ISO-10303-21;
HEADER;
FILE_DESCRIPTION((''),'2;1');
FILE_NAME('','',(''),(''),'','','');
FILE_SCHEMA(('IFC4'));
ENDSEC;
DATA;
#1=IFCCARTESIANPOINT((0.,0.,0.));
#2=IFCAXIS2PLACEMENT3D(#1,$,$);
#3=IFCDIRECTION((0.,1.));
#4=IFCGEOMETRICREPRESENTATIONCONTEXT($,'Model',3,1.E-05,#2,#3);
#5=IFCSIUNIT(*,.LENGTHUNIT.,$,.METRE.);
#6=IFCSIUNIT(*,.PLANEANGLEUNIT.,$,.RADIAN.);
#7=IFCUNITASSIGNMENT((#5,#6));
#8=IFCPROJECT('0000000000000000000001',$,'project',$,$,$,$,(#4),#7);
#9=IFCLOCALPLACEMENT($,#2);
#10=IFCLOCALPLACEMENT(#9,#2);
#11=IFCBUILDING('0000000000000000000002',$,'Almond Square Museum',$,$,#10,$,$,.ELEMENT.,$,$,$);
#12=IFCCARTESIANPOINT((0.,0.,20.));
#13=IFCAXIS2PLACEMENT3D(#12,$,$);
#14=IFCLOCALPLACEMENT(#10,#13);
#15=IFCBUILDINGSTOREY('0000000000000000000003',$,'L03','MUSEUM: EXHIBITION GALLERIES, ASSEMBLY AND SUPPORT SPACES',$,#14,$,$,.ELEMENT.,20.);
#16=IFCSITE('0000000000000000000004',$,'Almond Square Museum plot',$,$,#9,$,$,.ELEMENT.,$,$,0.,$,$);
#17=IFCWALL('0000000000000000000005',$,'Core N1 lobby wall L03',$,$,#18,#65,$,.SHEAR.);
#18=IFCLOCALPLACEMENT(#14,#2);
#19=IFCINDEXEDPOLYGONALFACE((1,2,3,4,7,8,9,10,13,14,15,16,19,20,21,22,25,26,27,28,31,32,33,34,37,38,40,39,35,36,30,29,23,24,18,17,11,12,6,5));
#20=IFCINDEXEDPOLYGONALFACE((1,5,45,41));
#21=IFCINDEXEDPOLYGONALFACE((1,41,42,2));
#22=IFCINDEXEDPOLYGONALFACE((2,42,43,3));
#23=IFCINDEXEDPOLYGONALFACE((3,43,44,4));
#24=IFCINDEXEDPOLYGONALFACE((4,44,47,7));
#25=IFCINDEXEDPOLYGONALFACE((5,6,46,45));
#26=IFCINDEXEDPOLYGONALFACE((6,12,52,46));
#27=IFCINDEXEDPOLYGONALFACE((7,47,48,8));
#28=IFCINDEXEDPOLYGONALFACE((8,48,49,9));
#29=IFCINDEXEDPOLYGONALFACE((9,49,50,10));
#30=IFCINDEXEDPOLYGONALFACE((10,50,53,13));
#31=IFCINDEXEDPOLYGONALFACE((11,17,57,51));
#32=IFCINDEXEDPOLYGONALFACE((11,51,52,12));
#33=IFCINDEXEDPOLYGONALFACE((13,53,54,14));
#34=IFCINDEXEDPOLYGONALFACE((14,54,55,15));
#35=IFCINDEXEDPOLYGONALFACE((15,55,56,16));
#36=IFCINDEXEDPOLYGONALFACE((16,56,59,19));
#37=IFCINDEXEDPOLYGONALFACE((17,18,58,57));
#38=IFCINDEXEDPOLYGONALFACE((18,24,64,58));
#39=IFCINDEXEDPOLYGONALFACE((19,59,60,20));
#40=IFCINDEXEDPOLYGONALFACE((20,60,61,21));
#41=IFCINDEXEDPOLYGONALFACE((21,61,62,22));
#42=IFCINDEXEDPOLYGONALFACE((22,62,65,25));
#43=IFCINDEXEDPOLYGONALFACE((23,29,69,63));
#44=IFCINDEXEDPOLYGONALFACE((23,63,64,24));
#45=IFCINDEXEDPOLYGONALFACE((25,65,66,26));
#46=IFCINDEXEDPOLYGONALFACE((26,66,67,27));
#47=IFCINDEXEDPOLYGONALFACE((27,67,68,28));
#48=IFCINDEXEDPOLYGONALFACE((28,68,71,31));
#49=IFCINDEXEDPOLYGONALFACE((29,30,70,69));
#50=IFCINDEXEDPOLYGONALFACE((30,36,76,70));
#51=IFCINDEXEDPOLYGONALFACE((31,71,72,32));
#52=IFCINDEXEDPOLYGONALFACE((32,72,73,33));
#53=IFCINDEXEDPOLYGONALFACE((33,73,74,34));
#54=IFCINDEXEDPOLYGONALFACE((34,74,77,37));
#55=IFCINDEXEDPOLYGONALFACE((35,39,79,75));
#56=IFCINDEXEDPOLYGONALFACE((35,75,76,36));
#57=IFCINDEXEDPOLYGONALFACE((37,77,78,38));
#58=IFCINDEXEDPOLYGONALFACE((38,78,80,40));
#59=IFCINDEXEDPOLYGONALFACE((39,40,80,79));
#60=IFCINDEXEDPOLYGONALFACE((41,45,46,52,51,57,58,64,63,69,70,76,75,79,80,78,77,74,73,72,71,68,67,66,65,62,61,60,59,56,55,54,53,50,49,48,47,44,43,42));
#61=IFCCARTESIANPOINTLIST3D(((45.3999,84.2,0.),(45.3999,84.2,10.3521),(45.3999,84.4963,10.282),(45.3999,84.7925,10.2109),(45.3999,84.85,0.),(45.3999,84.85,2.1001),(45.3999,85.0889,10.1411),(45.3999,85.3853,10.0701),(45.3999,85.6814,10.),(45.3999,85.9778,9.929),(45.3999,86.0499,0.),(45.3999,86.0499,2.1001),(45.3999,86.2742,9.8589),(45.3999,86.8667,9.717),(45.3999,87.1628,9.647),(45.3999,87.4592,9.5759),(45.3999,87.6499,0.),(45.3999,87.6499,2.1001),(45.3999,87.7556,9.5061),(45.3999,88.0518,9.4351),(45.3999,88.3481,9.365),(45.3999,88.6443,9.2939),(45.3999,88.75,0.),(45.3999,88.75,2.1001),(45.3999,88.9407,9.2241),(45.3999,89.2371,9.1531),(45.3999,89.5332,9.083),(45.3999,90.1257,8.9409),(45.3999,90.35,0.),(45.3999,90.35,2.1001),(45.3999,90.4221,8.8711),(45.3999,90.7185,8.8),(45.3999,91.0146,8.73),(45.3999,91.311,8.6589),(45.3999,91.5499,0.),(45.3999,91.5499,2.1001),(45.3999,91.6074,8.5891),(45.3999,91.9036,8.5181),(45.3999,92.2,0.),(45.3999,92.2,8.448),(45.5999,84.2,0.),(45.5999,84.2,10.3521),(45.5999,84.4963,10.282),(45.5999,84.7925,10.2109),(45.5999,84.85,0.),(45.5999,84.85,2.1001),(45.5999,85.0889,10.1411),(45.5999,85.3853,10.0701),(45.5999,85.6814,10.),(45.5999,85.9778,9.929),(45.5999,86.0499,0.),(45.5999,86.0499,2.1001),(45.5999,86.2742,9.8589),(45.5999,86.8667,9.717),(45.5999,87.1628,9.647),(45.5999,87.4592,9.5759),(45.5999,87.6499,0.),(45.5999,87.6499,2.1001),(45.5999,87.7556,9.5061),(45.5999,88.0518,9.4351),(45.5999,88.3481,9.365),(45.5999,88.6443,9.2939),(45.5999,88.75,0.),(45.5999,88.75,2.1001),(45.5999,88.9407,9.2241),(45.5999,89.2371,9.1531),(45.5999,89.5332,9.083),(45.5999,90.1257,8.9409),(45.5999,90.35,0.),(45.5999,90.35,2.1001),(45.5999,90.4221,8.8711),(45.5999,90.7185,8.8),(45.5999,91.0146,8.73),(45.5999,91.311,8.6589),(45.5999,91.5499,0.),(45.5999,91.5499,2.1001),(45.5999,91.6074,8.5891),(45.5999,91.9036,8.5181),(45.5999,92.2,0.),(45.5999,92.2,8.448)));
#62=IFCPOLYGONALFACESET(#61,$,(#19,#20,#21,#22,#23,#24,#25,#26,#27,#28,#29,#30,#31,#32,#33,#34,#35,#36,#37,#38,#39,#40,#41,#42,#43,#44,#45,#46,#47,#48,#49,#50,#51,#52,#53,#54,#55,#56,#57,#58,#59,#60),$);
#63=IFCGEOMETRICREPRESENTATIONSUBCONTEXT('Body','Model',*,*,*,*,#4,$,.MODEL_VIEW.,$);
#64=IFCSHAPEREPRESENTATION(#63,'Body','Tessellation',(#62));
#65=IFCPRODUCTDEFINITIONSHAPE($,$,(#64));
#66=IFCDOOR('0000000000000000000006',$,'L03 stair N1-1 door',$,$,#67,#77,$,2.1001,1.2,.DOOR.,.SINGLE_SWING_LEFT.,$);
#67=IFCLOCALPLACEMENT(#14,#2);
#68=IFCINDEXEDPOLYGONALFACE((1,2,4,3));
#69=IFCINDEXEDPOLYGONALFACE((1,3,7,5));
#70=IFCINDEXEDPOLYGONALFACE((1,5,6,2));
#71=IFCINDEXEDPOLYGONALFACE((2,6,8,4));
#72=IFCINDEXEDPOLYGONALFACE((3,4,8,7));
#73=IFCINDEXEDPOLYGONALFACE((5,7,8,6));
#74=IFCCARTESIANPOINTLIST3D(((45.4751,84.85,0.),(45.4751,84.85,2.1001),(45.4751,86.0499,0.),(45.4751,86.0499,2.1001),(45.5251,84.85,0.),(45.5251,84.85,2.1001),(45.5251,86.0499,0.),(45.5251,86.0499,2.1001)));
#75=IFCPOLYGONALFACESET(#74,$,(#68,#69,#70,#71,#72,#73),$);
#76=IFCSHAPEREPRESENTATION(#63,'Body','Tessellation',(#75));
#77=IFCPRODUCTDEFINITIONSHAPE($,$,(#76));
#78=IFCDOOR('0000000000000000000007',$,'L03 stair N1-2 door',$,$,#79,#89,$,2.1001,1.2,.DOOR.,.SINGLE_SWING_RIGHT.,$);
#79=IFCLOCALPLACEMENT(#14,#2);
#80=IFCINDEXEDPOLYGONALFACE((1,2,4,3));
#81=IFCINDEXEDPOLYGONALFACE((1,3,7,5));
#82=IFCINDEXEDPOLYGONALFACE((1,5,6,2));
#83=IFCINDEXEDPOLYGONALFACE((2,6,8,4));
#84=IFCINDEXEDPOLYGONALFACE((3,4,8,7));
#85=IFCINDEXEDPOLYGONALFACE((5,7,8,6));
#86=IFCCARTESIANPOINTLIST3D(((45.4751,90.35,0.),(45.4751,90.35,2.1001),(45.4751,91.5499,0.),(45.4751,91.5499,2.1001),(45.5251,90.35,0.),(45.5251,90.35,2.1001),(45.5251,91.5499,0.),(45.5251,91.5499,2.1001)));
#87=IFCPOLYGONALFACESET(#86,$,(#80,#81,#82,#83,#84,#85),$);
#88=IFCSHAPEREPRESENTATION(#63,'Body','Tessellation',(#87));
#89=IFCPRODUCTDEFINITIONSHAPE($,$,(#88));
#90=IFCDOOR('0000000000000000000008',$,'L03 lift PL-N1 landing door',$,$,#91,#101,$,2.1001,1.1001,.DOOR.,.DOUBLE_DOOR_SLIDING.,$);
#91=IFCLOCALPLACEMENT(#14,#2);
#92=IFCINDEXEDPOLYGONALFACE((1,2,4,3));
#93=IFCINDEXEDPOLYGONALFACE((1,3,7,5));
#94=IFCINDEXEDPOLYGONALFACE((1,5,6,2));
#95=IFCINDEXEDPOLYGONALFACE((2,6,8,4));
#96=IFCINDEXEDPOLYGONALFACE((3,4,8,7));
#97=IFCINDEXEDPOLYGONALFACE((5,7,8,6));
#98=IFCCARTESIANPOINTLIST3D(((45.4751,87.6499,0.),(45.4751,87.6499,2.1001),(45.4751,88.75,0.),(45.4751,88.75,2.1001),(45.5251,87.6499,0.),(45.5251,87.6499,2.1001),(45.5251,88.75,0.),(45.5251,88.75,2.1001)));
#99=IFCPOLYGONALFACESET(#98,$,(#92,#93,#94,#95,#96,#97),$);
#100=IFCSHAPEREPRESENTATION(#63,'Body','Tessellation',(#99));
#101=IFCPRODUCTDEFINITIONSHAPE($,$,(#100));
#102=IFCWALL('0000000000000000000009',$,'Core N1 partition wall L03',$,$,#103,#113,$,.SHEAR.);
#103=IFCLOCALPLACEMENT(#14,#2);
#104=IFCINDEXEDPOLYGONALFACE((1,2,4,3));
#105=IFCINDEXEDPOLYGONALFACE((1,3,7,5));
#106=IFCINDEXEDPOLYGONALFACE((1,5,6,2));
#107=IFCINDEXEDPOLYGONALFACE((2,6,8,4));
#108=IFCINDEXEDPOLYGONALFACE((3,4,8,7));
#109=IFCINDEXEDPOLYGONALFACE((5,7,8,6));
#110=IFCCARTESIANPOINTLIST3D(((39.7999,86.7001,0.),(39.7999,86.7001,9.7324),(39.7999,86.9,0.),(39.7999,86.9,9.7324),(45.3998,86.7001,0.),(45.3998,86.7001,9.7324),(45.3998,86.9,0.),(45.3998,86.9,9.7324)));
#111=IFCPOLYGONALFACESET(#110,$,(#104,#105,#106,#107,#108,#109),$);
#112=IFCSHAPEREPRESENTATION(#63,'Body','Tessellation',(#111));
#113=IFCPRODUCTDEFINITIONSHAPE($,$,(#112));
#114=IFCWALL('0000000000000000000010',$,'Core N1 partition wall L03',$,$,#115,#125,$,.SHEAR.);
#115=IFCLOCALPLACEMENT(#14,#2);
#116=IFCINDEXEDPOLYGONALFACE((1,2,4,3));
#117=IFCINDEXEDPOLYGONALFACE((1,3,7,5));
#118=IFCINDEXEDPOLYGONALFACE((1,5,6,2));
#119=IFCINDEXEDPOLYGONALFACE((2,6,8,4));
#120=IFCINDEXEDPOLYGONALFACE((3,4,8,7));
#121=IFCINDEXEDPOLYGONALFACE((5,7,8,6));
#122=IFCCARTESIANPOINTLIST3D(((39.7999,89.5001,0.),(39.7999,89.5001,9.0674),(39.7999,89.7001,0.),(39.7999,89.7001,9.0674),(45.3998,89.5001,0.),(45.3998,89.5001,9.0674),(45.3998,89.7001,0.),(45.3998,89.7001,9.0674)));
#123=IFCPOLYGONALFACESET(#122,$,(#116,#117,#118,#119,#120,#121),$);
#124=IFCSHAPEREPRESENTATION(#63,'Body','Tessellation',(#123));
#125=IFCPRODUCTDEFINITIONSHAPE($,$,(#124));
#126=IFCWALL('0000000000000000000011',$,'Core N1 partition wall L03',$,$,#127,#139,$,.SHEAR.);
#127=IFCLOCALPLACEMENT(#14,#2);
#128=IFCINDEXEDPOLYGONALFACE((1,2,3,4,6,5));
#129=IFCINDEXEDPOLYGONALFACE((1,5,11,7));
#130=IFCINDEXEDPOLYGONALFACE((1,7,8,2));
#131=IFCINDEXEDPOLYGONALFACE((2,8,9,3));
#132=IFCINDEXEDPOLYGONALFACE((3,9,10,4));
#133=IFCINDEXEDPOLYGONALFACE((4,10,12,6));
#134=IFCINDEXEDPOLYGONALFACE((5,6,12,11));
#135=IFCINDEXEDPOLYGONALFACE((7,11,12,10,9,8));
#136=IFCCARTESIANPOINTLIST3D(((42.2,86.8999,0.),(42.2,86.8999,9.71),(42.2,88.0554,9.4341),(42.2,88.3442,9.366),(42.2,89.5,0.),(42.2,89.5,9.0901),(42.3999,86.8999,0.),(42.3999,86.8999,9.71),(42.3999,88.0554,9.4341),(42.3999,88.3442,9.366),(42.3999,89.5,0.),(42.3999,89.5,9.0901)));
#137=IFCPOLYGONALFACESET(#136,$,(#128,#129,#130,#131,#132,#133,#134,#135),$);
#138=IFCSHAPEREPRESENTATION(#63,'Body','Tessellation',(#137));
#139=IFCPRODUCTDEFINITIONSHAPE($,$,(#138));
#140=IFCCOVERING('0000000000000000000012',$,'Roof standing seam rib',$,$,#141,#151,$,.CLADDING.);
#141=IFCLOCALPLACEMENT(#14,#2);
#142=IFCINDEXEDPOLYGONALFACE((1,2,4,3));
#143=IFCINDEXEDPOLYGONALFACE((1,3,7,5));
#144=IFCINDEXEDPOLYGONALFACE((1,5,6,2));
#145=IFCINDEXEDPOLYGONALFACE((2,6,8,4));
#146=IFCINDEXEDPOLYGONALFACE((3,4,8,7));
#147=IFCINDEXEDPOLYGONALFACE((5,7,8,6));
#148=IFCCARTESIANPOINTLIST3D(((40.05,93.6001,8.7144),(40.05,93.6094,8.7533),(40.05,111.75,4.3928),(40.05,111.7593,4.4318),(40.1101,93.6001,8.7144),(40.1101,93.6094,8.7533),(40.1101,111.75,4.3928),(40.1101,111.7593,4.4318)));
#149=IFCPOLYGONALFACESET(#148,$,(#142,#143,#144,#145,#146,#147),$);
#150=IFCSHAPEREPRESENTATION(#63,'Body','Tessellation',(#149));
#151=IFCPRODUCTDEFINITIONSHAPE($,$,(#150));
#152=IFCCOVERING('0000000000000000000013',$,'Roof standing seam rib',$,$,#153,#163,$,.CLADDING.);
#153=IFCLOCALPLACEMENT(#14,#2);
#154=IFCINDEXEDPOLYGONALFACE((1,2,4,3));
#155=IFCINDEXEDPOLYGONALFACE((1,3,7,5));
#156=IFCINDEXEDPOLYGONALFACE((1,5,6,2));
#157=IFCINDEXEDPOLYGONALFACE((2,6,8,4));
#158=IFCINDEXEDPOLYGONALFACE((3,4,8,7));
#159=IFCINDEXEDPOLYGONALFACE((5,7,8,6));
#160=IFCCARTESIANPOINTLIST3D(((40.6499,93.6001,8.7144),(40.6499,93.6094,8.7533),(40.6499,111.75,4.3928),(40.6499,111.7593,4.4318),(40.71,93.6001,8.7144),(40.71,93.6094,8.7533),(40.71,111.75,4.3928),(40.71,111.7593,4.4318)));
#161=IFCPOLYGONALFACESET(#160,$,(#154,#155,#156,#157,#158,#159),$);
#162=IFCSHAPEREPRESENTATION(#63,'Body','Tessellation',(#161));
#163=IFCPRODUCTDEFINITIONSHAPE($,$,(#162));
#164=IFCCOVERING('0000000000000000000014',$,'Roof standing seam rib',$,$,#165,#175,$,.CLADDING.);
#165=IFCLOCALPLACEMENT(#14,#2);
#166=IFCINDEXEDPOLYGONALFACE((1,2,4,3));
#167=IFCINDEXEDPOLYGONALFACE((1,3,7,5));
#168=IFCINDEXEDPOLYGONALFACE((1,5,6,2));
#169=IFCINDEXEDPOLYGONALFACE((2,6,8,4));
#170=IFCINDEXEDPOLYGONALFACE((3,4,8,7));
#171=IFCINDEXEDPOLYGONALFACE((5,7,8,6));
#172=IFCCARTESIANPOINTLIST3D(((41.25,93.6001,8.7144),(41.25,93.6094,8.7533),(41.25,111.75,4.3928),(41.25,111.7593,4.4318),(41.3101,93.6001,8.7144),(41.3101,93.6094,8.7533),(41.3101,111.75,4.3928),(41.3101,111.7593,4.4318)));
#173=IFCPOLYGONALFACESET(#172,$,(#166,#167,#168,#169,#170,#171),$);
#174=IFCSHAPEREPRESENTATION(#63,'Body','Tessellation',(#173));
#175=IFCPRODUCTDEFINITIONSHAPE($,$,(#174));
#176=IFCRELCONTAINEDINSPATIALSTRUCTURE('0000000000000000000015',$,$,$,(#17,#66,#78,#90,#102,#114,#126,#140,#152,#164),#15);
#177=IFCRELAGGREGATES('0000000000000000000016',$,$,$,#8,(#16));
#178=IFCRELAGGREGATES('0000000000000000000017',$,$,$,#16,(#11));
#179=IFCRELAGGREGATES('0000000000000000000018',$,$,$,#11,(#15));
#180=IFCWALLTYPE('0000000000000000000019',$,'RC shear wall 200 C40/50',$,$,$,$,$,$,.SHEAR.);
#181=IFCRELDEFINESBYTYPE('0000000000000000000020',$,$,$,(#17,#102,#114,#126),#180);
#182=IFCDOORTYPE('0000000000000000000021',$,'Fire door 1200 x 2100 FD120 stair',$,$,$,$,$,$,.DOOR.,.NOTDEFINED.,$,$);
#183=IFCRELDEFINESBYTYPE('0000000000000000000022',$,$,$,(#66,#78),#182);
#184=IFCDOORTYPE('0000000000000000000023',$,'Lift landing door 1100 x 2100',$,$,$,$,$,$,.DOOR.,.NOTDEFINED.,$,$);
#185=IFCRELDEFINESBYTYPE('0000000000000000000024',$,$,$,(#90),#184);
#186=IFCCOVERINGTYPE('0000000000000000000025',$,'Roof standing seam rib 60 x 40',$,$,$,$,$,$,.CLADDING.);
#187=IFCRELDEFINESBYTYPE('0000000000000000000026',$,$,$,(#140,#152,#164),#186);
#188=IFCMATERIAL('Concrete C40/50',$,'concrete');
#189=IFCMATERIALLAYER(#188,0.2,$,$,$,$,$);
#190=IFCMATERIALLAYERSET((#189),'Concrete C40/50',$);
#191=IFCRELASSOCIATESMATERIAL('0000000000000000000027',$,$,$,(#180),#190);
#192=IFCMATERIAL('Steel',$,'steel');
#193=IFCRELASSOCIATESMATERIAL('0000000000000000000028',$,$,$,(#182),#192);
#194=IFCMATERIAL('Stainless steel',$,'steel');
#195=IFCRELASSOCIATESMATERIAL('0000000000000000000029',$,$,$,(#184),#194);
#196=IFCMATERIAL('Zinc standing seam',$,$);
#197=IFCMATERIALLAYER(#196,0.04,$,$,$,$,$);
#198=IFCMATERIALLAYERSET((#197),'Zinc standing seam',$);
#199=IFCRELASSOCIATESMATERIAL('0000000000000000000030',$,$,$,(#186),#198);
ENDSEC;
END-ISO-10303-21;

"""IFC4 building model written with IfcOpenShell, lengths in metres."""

from ifc_helpers import new_model, si_unit, direction, frame, frame_2d, origin, place, context, subcontext, project, spatial, polyline, rectangle, outline, extrude, material, layer, layer_set, type_object, element, fill, save


model = new_model("IFC4")

# Units and contexts
model_context = context("Model", 3, precision=1e-05, world=origin(), true_north=direction((0.0, 1.0)))
body_context = subcontext(model_context, "Body", "Model", "MODEL_VIEW")
ifc_project = project(units=[si_unit("LENGTHUNIT", "METRE"), si_unit("PLANEANGLEUNIT", "RADIAN")], contexts=[model_context])

# Site, building, storey
site_placement = place(None, origin())
site = spatial("IfcSite", under=ifc_project, at=site_placement, Name="Almond Square Museum plot", CompositionType="ELEMENT", RefElevation=0.0)
building_placement = place(site_placement, origin())
building = spatial("IfcBuilding", under=site, at=building_placement, Name="Almond Square Museum", CompositionType="ELEMENT")
storey_placement = place(building_placement, frame((0.0, 0.0, 20.0)))
storey = spatial("IfcBuildingStorey", under=building, at=storey_placement, Name="L03", Description="MUSEUM: EXHIBITION GALLERIES, ASSEMBLY AND SUPPORT SPACES", CompositionType="ELEMENT", Elevation=20.0)

# Shared definitions
ifc_material_1 = material(Name="Concrete C40/50", Category="concrete")
ifc_layer_1 = layer(ifc_material_1, 0.2)
ifc_layer_set_1 = layer_set([ifc_layer_1], Name="Concrete C40/50")
wall_type_1 = type_object("IfcWallType", Name="RC shear wall 200 C40/50", PredefinedType="SHEAR", material=ifc_layer_set_1)

# Wall, openings, doors
wall_1_placement = place(storey_placement, frame((45.5, 84.2, 0.0), z_axis=(0.0, 0.0, 1.0), x_axis=(0.0, 1.0, 0.0)))
wall_1 = element("IfcWall", 1, at=wall_1_placement, inside=storey, type_object=wall_type_1, Name="Core N1 lobby wall L03", PredefinedType="SHEAR", context=body_context, shape_type="SweptSolid", body=[
    extrude(outline(polyline([(0.0, 0.0), (8.0, 0.0), (8.0, 8.448), (7.7036, 8.5181), (7.4075, 8.5891), (7.1111, 8.6589), (6.8147, 8.73), (6.5186, 8.8), (6.2222, 8.8711), (5.9258, 8.9409), (5.3333, 9.083), (5.0371, 9.1531), (4.7407, 9.2241), (4.4443, 9.2939), (4.1482, 9.365), (3.8518, 9.4351), (3.5557, 9.5061), (3.2593, 9.5759), (2.9629, 9.647), (2.6667, 9.717), (2.0742, 9.8589), (1.7778, 9.929), (1.4814, 10.0), (1.1853, 10.0701), (0.8889, 10.1411), (0.5925, 10.2109), (0.2964, 10.282), (0.0, 10.3521), (0.0, 0.0)])), frame((0.0, 0.1001, 0.0), z_axis=(0.0, -1.0, 0.0), x_axis=(1.0, 0.0, 0.0)), (0.0, 0.0, 1.0), 0.2),
])
opening_1_placement = place(wall_1_placement, frame((0.6499, 0.0, 0.0)))
opening_1 = element("IfcOpeningElement", 2, at=opening_1_placement, cuts=wall_1, PredefinedType="OPENING", context=body_context, shape_type="SweptSolid", body=[
    extrude(rectangle(XDim=1.2, YDim=2.1001, at=frame_2d((0.6001, 1.05))), frame((0.0, 0.1099, 0.0), z_axis=(0.0, -1.0, 0.0), x_axis=(1.0, 0.0, 0.0)), (0.0, 0.0, 1.0), 0.22),
])
opening_2_placement = place(wall_1_placement, frame((6.1499, 0.0, 0.0)))
opening_2 = element("IfcOpeningElement", 3, at=opening_2_placement, cuts=wall_1, PredefinedType="OPENING", context=body_context, shape_type="SweptSolid", body=[
    extrude(rectangle(XDim=1.2, YDim=2.1001, at=frame_2d((0.6001, 1.05))), frame((0.0, 0.1099, 0.0), z_axis=(0.0, -1.0, 0.0), x_axis=(1.0, 0.0, 0.0)), (0.0, 0.0, 1.0), 0.22),
])
opening_3_placement = place(wall_1_placement, frame((3.45, 0.0, 0.0)))
opening_3 = element("IfcOpeningElement", 4, at=opening_3_placement, cuts=wall_1, PredefinedType="OPENING", context=body_context, shape_type="SweptSolid", body=[
    extrude(rectangle(XDim=1.1001, YDim=2.1001, at=frame_2d((0.55, 1.05))), frame((0.0, 0.1099, 0.0), z_axis=(0.0, -1.0, 0.0), x_axis=(1.0, 0.0, 0.0)), (0.0, 0.0, 1.0), 0.22),
])
ifc_material_2 = material(Name="Steel", Category="steel")
door_type_1 = type_object("IfcDoorType", Name="Fire door 1200 x 2100 FD120 stair", OperationType="NOTDEFINED", PredefinedType="DOOR", material=ifc_material_2)
door_1_placement = place(opening_1_placement, origin())
door_1 = element("IfcDoor", 5, at=door_1_placement, inside=storey, type_object=door_type_1, Name="L03 stair N1-1 door", OperationType="SINGLE_SWING_LEFT", OverallHeight=2.1001, OverallWidth=1.2, PredefinedType="DOOR", context=body_context, shape_type="SweptSolid", body=[
    extrude(rectangle(XDim=1.2, YDim=2.1001, at=frame_2d((0.6001, 1.05))), frame((0.0, 0.0249, 0.0), z_axis=(0.0, -1.0, 0.0), x_axis=(1.0, 0.0, 0.0)), (0.0, 0.0, 1.0), 0.05),
])
fill(opening_1, door_1)
door_2_placement = place(opening_2_placement, origin())
door_2 = element("IfcDoor", 6, at=door_2_placement, inside=storey, type_object=door_type_1, Name="L03 stair N1-2 door", OperationType="SINGLE_SWING_RIGHT", OverallHeight=2.1001, OverallWidth=1.2, PredefinedType="DOOR", context=body_context, shape_type="SweptSolid", body=[
    extrude(rectangle(XDim=1.2, YDim=2.1001, at=frame_2d((0.6001, 1.05))), frame((0.0, 0.0249, 0.0), z_axis=(0.0, -1.0, 0.0), x_axis=(1.0, 0.0, 0.0)), (0.0, 0.0, 1.0), 0.05),
])
fill(opening_2, door_2)
ifc_material_3 = material(Name="Stainless steel", Category="steel")
door_type_2 = type_object("IfcDoorType", Name="Lift landing door 1100 x 2100", OperationType="NOTDEFINED", PredefinedType="DOOR", material=ifc_material_3)
door_3_placement = place(opening_3_placement, origin())
door_3 = element("IfcDoor", 7, at=door_3_placement, inside=storey, type_object=door_type_2, Name="L03 lift PL-N1 landing door", OperationType="DOUBLE_DOOR_SLIDING", OverallHeight=2.1001, OverallWidth=1.1001, PredefinedType="DOOR", context=body_context, shape_type="SweptSolid", body=[
    extrude(rectangle(XDim=1.1001, YDim=2.1001, at=frame_2d((0.55, 1.05))), frame((0.0, 0.0249, 0.0), z_axis=(0.0, -1.0, 0.0), x_axis=(1.0, 0.0, 0.0)), (0.0, 0.0, 1.0), 0.05),
])
fill(opening_3, door_3)

# Walls
wall_2_placement = place(storey_placement, frame((39.8, 86.8, 0.0), z_axis=(0.0, 0.0, 1.0), x_axis=(1.0, 0.0, 0.0)))
element("IfcWall", 8, at=wall_2_placement, inside=storey, type_object=wall_type_1, Name="Core N1 partition wall L03", PredefinedType="SHEAR", context=body_context, shape_type="SweptSolid", body=[
    extrude(rectangle(XDim=5.5999, YDim=0.2, at=frame_2d((2.7998, 0.0))), origin(), (0.0, 0.0, 1.0), 9.7324),
])
wall_3_placement = place(storey_placement, frame((39.8, 89.6001, 0.0), z_axis=(0.0, 0.0, 1.0), x_axis=(1.0, 0.0, 0.0)))
element("IfcWall", 9, at=wall_3_placement, inside=storey, type_object=wall_type_1, Name="Core N1 partition wall L03", PredefinedType="SHEAR", context=body_context, shape_type="SweptSolid", body=[
    extrude(rectangle(XDim=5.5999, YDim=0.2, at=frame_2d((2.7998, 0.0))), origin(), (0.0, 0.0, 1.0), 9.0674),
])
wall_4_placement = place(storey_placement, frame((42.3, 86.8999, 0.0), z_axis=(0.0, 0.0, 1.0), x_axis=(0.0, 1.0, 0.0)))
element("IfcWall", 10, at=wall_4_placement, inside=storey, type_object=wall_type_1, Name="Core N1 partition wall L03", PredefinedType="SHEAR", context=body_context, shape_type="SweptSolid", body=[
    extrude(outline(polyline([(0.0, 0.0), (2.6001, 0.0), (2.6001, 9.0901), (1.4443, 9.366), (1.1555, 9.4341), (0.0, 9.71), (0.0, 0.0)])), frame((0.0, 0.1001, 0.0), z_axis=(0.0, -1.0, 0.0), x_axis=(1.0, 0.0, 0.0)), (0.0, 0.0, 1.0), 0.2),
])

# Coverings
ifc_material_4 = material(Name="Zinc standing seam")
ifc_layer_2 = layer(ifc_material_4, 0.04)
ifc_layer_set_2 = layer_set([ifc_layer_2], Name="Zinc standing seam")
covering_type = type_object("IfcCoveringType", Name="Roof standing seam rib 60 x 40", PredefinedType="CLADDING", material=ifc_layer_set_2)
for number, where, z_axis, x_axis, name in (
    (11, (40.1101, 93.6001, 8.7144), (0.0, 0.231627, 0.972805), (0.0, 0.972805, -0.231627), "Roof standing seam rib"),
    (12, (40.71, 93.6001, 8.7144), (0.0, 0.231627, 0.972805), (0.0, 0.972805, -0.231627), "Roof standing seam rib"),
    (13, (41.3101, 93.6001, 8.7144), (0.0, 0.231627, 0.972805), (0.0, 0.972805, -0.231627), "Roof standing seam rib"),
):
    element("IfcCovering", number, at=place(storey_placement, frame(where, z_axis=z_axis, x_axis=x_axis)), inside=storey, type_object=covering_type, Name=name, PredefinedType="CLADDING", context=body_context, shape_type="SweptSolid", body=[
        extrude(outline(polyline([(0.0, 0.0), (18.6573, 0.0), (18.6573, 0.0601), (0.0, 0.0601), (0.0, 0.0)])), origin(), (0.0, 0.0, 1.0), 0.04),
    ])

save(model, "model.ifc")
